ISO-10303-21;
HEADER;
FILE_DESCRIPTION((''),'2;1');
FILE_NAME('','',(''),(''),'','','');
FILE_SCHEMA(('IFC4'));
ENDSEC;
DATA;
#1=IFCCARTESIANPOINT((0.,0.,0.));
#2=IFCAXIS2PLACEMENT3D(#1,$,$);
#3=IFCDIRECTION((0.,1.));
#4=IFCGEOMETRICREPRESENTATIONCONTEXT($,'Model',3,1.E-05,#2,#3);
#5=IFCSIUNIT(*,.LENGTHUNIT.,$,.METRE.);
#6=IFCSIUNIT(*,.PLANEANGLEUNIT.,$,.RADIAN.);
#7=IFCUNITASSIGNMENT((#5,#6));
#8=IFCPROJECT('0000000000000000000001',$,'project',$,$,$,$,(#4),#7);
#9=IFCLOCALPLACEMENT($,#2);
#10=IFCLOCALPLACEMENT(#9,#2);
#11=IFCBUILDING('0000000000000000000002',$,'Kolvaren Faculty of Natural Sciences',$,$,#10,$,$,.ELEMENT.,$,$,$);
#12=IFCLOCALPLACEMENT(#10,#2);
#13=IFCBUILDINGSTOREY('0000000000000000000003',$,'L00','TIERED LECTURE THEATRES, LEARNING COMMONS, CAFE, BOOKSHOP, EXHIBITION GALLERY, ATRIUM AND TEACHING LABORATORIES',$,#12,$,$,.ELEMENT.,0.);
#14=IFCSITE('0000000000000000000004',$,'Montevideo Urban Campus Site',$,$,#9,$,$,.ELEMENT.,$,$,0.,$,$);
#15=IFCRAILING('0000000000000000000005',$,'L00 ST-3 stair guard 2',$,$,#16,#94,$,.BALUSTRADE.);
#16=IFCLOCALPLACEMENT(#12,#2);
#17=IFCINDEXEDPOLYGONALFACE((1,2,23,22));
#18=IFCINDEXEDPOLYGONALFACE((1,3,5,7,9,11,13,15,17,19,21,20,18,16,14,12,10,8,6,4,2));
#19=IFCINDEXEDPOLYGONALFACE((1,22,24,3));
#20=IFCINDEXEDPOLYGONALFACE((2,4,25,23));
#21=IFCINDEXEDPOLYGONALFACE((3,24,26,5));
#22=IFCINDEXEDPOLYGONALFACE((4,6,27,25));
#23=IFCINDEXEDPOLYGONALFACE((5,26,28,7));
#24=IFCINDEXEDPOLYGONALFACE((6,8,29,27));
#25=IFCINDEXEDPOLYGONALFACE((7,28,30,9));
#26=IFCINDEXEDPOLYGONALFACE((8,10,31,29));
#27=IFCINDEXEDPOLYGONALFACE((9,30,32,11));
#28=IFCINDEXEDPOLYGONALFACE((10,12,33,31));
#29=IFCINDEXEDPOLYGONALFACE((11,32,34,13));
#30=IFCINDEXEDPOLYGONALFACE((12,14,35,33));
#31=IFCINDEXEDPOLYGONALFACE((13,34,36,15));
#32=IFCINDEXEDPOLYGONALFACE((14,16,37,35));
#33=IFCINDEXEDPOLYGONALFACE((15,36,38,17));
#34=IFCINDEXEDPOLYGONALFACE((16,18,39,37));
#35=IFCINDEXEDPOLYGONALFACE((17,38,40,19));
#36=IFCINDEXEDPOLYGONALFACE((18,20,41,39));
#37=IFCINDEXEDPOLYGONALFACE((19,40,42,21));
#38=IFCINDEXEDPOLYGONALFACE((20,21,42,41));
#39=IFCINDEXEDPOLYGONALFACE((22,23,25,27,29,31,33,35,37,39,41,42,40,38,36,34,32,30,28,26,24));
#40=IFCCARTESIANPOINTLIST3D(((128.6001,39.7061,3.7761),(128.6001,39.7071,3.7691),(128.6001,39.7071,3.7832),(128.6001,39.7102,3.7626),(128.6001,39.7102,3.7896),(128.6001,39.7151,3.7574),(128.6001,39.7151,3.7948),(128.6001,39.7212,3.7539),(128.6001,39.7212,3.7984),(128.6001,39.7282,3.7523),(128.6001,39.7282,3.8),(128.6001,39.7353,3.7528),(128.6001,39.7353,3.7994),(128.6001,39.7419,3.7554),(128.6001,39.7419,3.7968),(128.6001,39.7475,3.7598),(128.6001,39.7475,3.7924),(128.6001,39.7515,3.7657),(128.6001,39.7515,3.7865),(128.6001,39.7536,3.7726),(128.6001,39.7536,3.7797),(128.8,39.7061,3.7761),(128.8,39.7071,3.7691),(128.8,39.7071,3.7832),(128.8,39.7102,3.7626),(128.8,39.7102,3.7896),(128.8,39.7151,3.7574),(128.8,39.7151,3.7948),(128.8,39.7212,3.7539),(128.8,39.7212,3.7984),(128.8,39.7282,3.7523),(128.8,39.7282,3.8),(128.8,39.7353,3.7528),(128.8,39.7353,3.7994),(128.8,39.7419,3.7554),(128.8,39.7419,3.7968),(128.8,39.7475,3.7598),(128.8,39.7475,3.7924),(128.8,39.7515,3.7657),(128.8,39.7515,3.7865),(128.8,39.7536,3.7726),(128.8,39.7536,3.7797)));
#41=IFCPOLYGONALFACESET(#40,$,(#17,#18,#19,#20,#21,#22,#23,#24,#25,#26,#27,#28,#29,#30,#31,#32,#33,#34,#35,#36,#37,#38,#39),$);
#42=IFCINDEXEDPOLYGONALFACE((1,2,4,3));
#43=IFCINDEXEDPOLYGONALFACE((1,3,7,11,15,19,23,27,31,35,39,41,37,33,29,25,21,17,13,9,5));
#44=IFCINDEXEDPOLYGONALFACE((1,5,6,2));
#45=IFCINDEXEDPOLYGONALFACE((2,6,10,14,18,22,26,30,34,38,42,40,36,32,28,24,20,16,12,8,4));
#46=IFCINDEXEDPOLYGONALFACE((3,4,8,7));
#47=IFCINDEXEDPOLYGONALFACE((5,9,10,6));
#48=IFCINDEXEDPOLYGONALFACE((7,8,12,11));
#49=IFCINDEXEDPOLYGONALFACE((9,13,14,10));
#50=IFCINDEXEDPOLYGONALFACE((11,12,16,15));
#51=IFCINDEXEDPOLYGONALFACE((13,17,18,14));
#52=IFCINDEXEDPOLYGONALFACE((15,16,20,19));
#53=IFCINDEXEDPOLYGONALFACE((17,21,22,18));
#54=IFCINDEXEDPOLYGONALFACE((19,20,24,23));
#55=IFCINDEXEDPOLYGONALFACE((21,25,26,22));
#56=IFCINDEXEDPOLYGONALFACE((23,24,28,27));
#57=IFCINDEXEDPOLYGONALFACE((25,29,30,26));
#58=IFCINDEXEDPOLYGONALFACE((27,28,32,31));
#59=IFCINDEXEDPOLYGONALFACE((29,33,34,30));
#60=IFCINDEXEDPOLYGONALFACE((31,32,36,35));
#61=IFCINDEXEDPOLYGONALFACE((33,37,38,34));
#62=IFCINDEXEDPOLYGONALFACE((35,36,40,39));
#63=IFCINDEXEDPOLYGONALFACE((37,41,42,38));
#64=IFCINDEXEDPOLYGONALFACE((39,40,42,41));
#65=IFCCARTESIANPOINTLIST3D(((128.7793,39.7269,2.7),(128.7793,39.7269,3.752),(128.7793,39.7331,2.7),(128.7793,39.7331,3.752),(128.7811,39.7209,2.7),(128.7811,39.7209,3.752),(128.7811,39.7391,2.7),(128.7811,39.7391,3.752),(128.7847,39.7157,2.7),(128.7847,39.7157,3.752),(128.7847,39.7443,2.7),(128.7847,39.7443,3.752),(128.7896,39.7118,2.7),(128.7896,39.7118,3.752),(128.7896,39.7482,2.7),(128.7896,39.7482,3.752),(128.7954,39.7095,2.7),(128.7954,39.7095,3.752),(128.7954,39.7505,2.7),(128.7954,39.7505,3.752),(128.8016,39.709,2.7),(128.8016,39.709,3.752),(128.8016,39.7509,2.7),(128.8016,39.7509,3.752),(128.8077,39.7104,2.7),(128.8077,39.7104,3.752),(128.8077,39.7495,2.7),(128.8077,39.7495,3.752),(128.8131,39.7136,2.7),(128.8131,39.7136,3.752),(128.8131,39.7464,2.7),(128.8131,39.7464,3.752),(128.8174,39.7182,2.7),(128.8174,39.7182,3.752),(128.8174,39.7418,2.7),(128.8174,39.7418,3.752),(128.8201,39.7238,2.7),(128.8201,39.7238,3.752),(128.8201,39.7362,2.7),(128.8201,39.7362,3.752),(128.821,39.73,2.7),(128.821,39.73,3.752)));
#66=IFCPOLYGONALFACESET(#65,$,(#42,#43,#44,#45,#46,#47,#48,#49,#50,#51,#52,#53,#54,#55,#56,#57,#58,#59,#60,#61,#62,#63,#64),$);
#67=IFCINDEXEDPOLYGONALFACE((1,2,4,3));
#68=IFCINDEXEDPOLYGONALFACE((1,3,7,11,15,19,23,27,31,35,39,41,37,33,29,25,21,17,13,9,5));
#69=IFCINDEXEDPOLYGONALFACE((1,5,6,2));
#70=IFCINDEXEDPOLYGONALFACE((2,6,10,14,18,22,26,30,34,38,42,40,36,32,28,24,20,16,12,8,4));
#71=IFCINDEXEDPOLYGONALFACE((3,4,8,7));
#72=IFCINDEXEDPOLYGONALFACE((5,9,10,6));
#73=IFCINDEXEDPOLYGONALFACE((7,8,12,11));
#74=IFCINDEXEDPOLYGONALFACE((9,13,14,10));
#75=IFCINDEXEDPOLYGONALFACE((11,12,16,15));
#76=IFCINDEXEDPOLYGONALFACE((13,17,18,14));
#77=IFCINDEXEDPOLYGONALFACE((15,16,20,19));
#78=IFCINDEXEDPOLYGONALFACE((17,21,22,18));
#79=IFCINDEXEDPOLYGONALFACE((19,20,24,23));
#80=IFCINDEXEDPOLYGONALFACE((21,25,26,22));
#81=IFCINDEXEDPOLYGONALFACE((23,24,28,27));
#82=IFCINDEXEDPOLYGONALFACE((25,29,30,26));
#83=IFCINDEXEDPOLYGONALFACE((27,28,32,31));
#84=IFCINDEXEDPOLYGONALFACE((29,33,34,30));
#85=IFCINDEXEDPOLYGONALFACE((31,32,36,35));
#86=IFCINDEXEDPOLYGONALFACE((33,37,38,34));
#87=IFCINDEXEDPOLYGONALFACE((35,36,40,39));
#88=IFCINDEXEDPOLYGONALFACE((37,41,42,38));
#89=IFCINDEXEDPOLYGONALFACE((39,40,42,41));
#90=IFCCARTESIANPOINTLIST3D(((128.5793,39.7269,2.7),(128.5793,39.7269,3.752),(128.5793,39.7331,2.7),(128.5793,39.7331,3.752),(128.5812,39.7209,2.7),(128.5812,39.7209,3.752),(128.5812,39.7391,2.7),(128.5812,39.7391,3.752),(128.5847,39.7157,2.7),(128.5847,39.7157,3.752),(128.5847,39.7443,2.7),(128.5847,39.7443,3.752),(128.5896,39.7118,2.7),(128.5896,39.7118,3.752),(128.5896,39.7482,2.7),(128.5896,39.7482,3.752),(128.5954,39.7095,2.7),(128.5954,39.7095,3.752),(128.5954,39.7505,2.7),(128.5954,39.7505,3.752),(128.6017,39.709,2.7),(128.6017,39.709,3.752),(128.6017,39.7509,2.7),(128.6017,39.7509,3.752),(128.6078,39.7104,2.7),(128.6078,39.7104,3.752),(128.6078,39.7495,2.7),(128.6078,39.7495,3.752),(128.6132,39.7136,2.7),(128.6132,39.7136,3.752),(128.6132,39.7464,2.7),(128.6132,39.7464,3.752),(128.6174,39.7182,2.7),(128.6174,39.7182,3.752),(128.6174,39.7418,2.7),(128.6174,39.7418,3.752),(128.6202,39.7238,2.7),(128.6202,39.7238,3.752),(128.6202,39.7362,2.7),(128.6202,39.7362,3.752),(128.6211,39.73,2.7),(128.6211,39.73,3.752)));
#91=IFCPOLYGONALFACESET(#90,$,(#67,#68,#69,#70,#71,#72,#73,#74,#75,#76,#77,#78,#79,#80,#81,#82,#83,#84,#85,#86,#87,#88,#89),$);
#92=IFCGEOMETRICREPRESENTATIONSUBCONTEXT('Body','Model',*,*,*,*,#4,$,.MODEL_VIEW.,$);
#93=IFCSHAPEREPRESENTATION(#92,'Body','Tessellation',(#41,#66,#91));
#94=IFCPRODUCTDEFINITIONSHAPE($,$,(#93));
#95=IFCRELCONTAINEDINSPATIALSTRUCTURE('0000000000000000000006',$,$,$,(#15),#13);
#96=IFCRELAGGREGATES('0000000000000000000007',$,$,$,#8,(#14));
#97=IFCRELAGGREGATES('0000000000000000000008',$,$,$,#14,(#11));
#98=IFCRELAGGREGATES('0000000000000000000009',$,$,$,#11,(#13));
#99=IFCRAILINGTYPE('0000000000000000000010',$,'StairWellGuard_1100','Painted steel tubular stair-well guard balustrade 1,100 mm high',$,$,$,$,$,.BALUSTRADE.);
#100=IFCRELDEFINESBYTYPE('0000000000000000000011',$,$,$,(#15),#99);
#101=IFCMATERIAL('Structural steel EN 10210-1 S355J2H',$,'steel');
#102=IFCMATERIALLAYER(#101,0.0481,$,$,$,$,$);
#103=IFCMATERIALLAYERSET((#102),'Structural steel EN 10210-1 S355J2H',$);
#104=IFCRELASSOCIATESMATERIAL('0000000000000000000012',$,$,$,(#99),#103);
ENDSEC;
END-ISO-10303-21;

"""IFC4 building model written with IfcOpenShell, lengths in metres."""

from ifc_helpers import new_model, si_unit, direction, frame, origin, origin_2d, place, context, subcontext, project, spatial, circle, extrude, material, layer, layer_set, type_object, element, save


model = new_model("IFC4")

# Units and contexts
model_context = context("Model", 3, precision=1e-05, world=origin(), true_north=direction((0.0, 1.0)))
body_context = subcontext(model_context, "Body", "Model", "MODEL_VIEW")
ifc_project = project(units=[si_unit("LENGTHUNIT", "METRE"), si_unit("PLANEANGLEUNIT", "RADIAN")], contexts=[model_context])

# Site, building, storey
site_placement = place(None, origin())
site = spatial("IfcSite", under=ifc_project, at=site_placement, Name="Montevideo Urban Campus Site", CompositionType="ELEMENT", RefElevation=0.0)
building_placement = place(site_placement, origin())
building = spatial("IfcBuilding", under=site, at=building_placement, Name="Kolvaren Faculty of Natural Sciences", CompositionType="ELEMENT")
storey_placement = place(building_placement, origin())
storey = spatial("IfcBuildingStorey", under=building, at=storey_placement, Name="L00", Description="TIERED LECTURE THEATRES, LEARNING COMMONS, CAFE, BOOKSHOP, EXHIBITION GALLERY, ATRIUM AND TEACHING LABORATORIES", CompositionType="ELEMENT", Elevation=0.0)

# Railing
ifc_material_1 = material(Name="Structural steel EN 10210-1 S355J2H", Category="steel")
ifc_layer_1 = layer(ifc_material_1, 0.0481)
ifc_layer_set_1 = layer_set([ifc_layer_1], Name="Structural steel EN 10210-1 S355J2H")
railing_type_1 = type_object("IfcRailingType", Name="StairWellGuard_1100", Description="Painted steel tubular stair-well guard balustrade 1,100 mm high", PredefinedType="BALUSTRADE", material=ifc_layer_set_1)
railing_1_placement = place(storey_placement, frame((128.8, 39.73, 2.7)))
element("IfcRailing", 1, at=railing_1_placement, inside=storey, type_object=railing_type_1, Name="L00 ST-3 stair guard 2", PredefinedType="BALUSTRADE", context=body_context, shape_type="SweptSolid", body=[
    extrude(circle(Radius=0.0239, at=origin_2d()), frame((0.0, 0.0, 1.0762), z_axis=(-1.0, 0.0, 0.0), x_axis=(0.0, -1.0, 0.0)), (0.0, 0.0, 1.0), 0.2),
    extrude(circle(Radius=0.021, at=origin_2d()), origin(), (0.0, 0.0, 1.0), 1.052),
    extrude(circle(Radius=0.021, at=origin_2d()), frame((-0.2, 0.0, 0.0)), (0.0, 0.0, 1.0), 1.052),
])

save(model, "model.ifc")
